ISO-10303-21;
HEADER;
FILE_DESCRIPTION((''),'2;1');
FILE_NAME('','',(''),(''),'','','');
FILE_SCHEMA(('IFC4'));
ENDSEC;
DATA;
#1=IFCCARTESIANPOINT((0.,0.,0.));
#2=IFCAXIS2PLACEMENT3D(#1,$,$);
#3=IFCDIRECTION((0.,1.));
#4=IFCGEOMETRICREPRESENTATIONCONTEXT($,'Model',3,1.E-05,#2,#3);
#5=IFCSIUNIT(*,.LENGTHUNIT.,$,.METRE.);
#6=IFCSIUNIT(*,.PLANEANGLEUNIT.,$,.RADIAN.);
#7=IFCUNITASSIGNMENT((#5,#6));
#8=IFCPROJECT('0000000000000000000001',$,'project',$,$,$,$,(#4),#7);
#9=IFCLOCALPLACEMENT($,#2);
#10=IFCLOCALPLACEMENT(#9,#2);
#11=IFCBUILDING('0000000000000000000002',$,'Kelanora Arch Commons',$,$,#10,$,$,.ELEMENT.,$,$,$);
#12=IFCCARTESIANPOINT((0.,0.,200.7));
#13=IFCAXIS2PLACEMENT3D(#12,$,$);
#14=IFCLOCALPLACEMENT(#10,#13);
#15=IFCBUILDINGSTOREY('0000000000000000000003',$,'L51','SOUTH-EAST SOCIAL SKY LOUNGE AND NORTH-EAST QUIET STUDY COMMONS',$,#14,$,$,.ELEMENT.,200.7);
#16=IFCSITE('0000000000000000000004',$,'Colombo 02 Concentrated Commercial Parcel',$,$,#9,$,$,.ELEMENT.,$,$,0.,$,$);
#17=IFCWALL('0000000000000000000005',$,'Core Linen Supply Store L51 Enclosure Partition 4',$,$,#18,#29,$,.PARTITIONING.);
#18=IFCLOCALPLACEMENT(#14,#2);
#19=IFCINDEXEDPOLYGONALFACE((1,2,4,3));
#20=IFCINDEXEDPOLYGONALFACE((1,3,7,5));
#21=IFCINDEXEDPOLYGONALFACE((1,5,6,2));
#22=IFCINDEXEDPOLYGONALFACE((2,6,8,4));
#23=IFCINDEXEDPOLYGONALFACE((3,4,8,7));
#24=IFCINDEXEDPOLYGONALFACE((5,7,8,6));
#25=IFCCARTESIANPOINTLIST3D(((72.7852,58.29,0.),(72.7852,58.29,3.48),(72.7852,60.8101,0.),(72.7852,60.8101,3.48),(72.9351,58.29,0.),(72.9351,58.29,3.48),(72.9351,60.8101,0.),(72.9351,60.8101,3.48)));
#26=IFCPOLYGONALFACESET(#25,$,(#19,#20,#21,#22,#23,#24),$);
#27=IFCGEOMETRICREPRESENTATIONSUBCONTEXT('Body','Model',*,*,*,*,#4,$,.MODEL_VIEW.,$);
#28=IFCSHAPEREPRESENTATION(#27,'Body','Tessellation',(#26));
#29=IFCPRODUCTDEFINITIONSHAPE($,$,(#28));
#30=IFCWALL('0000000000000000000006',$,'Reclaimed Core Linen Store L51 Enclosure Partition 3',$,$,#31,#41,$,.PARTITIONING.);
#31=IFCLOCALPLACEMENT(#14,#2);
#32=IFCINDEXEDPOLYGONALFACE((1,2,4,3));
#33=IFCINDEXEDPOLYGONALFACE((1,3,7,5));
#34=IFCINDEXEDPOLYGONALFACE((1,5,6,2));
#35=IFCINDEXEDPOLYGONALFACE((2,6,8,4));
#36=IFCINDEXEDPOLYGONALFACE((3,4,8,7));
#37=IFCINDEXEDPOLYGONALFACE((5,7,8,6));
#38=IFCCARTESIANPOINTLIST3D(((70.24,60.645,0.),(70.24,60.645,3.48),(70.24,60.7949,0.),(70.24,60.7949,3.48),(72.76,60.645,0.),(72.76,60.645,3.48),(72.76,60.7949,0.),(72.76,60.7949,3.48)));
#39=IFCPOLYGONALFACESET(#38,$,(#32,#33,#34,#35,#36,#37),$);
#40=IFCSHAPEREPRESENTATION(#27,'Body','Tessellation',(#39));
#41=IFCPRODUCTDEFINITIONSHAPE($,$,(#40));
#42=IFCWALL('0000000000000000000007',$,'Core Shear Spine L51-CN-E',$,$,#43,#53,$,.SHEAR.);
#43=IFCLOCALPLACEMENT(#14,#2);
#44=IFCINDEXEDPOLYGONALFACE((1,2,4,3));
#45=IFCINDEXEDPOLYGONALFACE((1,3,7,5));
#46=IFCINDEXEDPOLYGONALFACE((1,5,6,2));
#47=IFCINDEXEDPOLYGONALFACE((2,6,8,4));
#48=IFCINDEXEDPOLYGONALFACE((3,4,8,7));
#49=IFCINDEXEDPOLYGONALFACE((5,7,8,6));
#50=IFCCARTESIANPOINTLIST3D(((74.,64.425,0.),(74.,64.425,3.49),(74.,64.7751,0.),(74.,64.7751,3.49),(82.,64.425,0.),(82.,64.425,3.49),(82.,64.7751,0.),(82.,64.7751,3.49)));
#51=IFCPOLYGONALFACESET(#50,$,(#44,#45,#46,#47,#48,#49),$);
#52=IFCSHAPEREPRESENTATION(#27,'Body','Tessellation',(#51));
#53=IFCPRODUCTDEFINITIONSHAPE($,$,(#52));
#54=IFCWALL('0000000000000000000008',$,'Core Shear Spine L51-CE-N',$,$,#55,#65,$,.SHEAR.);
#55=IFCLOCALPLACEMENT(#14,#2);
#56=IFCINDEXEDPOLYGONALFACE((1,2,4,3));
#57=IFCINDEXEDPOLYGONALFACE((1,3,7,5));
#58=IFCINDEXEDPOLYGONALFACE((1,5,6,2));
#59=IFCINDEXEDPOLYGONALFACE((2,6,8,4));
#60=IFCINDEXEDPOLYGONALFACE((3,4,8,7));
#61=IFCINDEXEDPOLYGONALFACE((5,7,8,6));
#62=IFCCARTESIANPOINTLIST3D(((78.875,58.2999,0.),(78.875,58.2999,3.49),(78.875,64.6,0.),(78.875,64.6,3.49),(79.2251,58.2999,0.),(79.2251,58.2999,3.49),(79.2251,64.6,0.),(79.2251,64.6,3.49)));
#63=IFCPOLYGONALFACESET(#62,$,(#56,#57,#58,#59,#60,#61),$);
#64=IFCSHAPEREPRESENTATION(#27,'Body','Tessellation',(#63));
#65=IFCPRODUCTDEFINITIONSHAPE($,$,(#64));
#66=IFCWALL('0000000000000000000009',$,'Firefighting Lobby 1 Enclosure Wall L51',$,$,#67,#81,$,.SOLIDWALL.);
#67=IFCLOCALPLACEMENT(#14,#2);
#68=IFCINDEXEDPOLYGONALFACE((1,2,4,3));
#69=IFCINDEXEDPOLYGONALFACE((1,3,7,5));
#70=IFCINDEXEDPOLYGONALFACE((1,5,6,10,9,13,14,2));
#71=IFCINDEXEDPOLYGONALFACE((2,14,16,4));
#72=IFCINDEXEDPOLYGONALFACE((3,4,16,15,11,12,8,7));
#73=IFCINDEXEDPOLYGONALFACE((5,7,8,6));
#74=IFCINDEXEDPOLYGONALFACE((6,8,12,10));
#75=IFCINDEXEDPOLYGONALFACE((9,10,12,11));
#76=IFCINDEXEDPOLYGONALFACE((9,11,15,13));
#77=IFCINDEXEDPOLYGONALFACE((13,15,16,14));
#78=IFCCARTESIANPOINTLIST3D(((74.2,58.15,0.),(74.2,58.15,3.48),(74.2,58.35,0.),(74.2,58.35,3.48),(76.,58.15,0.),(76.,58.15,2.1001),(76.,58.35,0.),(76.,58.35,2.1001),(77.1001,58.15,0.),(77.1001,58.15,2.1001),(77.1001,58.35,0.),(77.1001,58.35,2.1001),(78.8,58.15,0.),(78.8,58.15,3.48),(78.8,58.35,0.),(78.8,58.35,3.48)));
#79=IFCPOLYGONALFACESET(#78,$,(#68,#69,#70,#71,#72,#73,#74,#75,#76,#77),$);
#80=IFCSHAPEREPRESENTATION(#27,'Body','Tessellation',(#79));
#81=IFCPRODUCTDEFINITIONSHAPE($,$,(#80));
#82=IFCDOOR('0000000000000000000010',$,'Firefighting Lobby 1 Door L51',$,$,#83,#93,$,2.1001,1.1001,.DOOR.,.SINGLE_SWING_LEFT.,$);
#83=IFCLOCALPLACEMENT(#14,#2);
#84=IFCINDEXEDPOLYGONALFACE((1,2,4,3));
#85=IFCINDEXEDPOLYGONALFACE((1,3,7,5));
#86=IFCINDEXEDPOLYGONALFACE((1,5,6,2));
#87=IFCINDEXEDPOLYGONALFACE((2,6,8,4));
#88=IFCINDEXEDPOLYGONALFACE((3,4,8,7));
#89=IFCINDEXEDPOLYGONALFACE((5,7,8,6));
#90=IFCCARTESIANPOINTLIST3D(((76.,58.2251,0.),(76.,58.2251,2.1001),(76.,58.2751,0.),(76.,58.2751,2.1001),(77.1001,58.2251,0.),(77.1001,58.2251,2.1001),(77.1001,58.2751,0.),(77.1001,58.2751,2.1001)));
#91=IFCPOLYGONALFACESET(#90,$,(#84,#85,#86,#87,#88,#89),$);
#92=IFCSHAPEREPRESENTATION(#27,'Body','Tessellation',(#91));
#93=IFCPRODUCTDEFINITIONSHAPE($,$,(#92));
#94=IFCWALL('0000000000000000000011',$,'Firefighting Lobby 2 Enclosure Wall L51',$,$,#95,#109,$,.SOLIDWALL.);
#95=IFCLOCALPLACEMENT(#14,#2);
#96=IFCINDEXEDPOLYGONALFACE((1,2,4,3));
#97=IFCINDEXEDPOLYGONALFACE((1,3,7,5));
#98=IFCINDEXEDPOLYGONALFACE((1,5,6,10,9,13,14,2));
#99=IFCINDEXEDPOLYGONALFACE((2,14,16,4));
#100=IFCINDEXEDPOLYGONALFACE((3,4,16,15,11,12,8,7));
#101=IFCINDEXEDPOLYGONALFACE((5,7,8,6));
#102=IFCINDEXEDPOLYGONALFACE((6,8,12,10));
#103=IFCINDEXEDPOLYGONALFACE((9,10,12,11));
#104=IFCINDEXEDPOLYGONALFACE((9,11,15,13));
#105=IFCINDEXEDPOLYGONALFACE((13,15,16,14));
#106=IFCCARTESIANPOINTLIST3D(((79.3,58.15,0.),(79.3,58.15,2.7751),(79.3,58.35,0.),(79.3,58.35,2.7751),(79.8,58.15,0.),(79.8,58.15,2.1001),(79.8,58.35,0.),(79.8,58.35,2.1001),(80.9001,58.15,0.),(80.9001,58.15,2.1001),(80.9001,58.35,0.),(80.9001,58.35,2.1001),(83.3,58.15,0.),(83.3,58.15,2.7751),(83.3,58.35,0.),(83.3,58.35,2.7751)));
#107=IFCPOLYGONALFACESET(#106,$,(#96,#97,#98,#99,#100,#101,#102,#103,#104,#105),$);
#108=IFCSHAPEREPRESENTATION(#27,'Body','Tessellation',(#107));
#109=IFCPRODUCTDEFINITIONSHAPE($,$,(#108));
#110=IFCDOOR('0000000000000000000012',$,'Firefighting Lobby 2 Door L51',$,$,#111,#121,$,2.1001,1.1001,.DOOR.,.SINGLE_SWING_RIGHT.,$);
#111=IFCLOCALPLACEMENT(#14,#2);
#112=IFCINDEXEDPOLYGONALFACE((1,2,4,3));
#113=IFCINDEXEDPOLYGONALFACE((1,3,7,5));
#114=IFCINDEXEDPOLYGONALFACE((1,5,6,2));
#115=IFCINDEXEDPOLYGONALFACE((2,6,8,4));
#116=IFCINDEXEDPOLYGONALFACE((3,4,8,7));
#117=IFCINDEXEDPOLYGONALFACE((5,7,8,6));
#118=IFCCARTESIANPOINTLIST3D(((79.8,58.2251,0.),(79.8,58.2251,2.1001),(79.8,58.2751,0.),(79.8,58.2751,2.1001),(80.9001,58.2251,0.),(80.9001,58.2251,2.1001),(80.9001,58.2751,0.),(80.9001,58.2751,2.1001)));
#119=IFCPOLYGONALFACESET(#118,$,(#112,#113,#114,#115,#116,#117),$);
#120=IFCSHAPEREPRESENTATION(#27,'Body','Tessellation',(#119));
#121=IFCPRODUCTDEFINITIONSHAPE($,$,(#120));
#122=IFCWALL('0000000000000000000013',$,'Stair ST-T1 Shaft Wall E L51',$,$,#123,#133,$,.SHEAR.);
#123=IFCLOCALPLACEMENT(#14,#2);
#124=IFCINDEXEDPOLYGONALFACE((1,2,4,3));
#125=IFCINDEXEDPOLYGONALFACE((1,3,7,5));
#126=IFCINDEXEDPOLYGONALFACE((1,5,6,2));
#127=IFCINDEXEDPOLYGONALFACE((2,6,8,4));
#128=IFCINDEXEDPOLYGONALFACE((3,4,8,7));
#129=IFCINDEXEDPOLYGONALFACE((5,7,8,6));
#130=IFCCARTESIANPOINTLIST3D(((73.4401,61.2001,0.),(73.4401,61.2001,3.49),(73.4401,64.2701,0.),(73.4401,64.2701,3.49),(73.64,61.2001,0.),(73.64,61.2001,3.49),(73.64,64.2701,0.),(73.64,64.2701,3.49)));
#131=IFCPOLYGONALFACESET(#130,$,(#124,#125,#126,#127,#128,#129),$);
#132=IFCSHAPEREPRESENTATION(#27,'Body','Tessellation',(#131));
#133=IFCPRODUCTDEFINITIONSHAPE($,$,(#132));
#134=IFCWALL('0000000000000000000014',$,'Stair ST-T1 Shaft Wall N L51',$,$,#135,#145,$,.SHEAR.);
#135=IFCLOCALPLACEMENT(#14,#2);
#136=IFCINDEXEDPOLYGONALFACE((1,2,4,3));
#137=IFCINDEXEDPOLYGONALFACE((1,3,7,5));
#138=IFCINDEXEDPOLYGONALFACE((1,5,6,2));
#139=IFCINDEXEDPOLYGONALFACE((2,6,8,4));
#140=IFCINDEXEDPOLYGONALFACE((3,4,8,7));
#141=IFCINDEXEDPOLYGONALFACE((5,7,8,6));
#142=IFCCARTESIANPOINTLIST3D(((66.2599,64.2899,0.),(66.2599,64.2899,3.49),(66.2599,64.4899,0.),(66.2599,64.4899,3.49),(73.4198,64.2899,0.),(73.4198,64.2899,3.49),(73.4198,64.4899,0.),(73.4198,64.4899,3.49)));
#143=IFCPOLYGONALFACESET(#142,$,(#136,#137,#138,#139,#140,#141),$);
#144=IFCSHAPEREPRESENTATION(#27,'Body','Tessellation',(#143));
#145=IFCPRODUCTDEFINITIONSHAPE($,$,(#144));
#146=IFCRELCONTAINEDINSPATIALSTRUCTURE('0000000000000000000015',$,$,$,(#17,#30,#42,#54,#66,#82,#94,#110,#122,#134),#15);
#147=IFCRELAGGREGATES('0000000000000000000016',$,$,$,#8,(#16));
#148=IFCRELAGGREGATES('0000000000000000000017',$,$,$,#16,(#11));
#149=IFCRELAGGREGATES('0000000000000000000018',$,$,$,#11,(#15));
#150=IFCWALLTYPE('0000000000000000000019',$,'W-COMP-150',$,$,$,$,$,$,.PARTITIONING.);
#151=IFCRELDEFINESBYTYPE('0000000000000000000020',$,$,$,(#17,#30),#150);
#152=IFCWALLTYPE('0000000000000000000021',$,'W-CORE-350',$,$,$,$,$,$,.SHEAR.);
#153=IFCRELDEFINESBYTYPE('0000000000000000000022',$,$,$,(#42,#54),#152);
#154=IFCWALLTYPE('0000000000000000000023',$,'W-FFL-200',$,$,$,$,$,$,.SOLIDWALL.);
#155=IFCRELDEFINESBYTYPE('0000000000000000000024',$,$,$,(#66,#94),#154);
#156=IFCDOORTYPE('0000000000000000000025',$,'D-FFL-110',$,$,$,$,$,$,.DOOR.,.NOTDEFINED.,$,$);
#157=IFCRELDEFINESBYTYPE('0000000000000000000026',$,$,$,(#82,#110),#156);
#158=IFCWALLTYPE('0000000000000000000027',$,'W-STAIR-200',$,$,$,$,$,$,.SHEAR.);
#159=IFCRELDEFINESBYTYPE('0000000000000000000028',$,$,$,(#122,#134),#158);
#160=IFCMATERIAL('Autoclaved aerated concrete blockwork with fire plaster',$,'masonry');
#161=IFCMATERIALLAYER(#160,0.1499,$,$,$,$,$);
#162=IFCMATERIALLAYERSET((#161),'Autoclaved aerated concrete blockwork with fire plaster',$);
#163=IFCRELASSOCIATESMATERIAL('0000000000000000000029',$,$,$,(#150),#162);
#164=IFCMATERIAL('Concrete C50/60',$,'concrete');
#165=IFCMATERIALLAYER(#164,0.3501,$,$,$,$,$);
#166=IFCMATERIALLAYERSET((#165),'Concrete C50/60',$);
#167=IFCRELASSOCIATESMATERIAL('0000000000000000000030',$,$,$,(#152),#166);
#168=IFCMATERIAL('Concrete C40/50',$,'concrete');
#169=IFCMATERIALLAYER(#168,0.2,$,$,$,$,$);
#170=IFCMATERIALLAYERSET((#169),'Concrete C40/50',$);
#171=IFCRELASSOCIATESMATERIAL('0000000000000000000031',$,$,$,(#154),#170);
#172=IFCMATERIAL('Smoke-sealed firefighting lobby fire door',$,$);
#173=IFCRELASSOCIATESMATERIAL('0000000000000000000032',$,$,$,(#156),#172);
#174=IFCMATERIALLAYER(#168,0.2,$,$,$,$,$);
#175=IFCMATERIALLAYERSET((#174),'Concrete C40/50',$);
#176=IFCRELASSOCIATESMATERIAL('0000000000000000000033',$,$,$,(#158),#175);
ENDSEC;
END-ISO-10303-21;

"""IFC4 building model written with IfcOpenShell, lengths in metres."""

from ifc_helpers import new_model, si_unit, direction, frame, frame_2d, origin, place, context, subcontext, project, spatial, rectangle, extrude, material, layer, layer_set, type_object, element, fill, save


model = new_model("IFC4")

# Units and contexts
model_context = context("Model", 3, precision=1e-05, world=origin(), true_north=direction((0.0, 1.0)))
body_context = subcontext(model_context, "Body", "Model", "MODEL_VIEW")
ifc_project = project(units=[si_unit("LENGTHUNIT", "METRE"), si_unit("PLANEANGLEUNIT", "RADIAN")], contexts=[model_context])

# Site, building, storey
site_placement = place(None, origin())
site = spatial("IfcSite", under=ifc_project, at=site_placement, Name="Colombo 02 Concentrated Commercial Parcel", CompositionType="ELEMENT", RefElevation=0.0)
building_placement = place(site_placement, origin())
building = spatial("IfcBuilding", under=site, at=building_placement, Name="Kelanora Arch Commons", CompositionType="ELEMENT")
storey_placement = place(building_placement, frame((0.0, 0.0, 200.7)))
storey = spatial("IfcBuildingStorey", under=building, at=storey_placement, Name="L51", Description="SOUTH-EAST SOCIAL SKY LOUNGE AND NORTH-EAST QUIET STUDY COMMONS", CompositionType="ELEMENT", Elevation=200.7)

# Shared definitions
ifc_material_1 = material(Name="Autoclaved aerated concrete blockwork with fire plaster", Category="masonry")
ifc_layer_1 = layer(ifc_material_1, 0.1499)
ifc_layer_set_1 = layer_set([ifc_layer_1], Name="Autoclaved aerated concrete blockwork with fire plaster")
wall_type_1 = type_object("IfcWallType", Name="W-COMP-150", PredefinedType="PARTITIONING", material=ifc_layer_set_1)

# Walls
for number, where, z_axis, x_axis, name in (
    (1, (72.8601, 60.8101, 0.0), (0.0, 0.0, 1.0), (0.0, -1.0, 0.0), "Core Linen Supply Store L51 Enclosure Partition 4"),
    (2, (72.76, 60.72, 0.0), (0.0, 0.0, 1.0), (-1.0, 0.0, 0.0), "Reclaimed Core Linen Store L51 Enclosure Partition 3"),
):
    element("IfcWall", number, at=place(storey_placement, frame(where, z_axis=z_axis, x_axis=x_axis)), inside=storey, type_object=wall_type_1, Name=name, PredefinedType="PARTITIONING", context=body_context, shape_type="SweptSolid", body=[
        extrude(rectangle(XDim=2.52, YDim=0.1499, at=frame_2d((1.26, 0.0))), origin(), (0.0, 0.0, 1.0), 3.48),
    ])
ifc_material_2 = material(Name="Concrete C50/60", Category="concrete")
ifc_layer_2 = layer(ifc_material_2, 0.3501)
ifc_layer_set_2 = layer_set([ifc_layer_2], Name="Concrete C50/60")
wall_type_2 = type_object("IfcWallType", Name="W-CORE-350", PredefinedType="SHEAR", material=ifc_layer_set_2)
wall_1_placement = place(storey_placement, frame((74.0, 64.6001, 0.0), z_axis=(0.0, 0.0, 1.0), x_axis=(1.0, 0.0, 0.0)))
element("IfcWall", 3, at=wall_1_placement, inside=storey, type_object=wall_type_2, Name="Core Shear Spine L51-CN-E", PredefinedType="SHEAR", context=body_context, shape_type="SweptSolid", body=[
    extrude(rectangle(XDim=8.0, YDim=0.3501, at=frame_2d((4.0, 0.0))), origin(), (0.0, 0.0, 1.0), 3.49),
])
wall_2_placement = place(storey_placement, frame((79.05, 58.3, 0.0), z_axis=(0.0, 0.0, 1.0), x_axis=(0.0, 1.0, 0.0)))
element("IfcWall", 4, at=wall_2_placement, inside=storey, type_object=wall_type_2, Name="Core Shear Spine L51-CE-N", PredefinedType="SHEAR", context=body_context, shape_type="SweptSolid", body=[
    extrude(rectangle(XDim=6.3, YDim=0.3501, at=frame_2d((3.1499, 0.0))), origin(), (0.0, 0.0, 1.0), 3.49),
])

# Walls, openings, doors
ifc_material_3 = material(Name="Concrete C40/50", Category="concrete")
ifc_layer_3 = layer(ifc_material_3, 0.2)
ifc_layer_set_3 = layer_set([ifc_layer_3], Name="Concrete C40/50")
wall_type_3 = type_object("IfcWallType", Name="W-FFL-200", PredefinedType="SOLIDWALL", material=ifc_layer_set_3)
wall_3_placement = place(storey_placement, frame((74.2, 58.25, 0.0), z_axis=(0.0, 0.0, 1.0), x_axis=(1.0, 0.0, 0.0)))
wall_3 = element("IfcWall", 5, at=wall_3_placement, inside=storey, type_object=wall_type_3, Name="Firefighting Lobby 1 Enclosure Wall L51", PredefinedType="SOLIDWALL", context=body_context, shape_type="SweptSolid", body=[
    extrude(rectangle(XDim=4.6001, YDim=0.2, at=frame_2d((2.3, 0.0))), origin(), (0.0, 0.0, 1.0), 3.48),
])
opening_1_placement = place(wall_3_placement, frame((1.8, 0.0, 0.0)))
opening_1 = element("IfcOpeningElement", 6, at=opening_1_placement, cuts=wall_3, PredefinedType="OPENING", context=body_context, shape_type="SweptSolid", body=[
    extrude(rectangle(XDim=1.1001, YDim=2.1001, at=frame_2d((0.55, 1.05))), frame((0.0, 0.1099, 0.0), z_axis=(0.0, -1.0, 0.0), x_axis=(1.0, 0.0, 0.0)), (0.0, 0.0, 1.0), 0.22),
])
ifc_material_4 = material(Name="Smoke-sealed firefighting lobby fire door")
door_type_1 = type_object("IfcDoorType", Name="D-FFL-110", OperationType="NOTDEFINED", PredefinedType="DOOR", material=ifc_material_4)
door_1_placement = place(opening_1_placement, frame((1.1001, 0.0, 0.0), z_axis=(0.0, 0.0, 1.0), x_axis=(-1.0, 0.0, 0.0)))
door_1 = element("IfcDoor", 7, at=door_1_placement, inside=storey, type_object=door_type_1, Name="Firefighting Lobby 1 Door L51", OperationType="SINGLE_SWING_LEFT", OverallHeight=2.1001, OverallWidth=1.1001, PredefinedType="DOOR", context=body_context, shape_type="SweptSolid", body=[
    extrude(rectangle(XDim=1.1001, YDim=2.1001, at=frame_2d((0.55, 1.05))), frame((0.0, 0.0249, 0.0), z_axis=(0.0, -1.0, 0.0), x_axis=(1.0, 0.0, 0.0)), (0.0, 0.0, 1.0), 0.05),
])
fill(opening_1, door_1)
wall_4_placement = place(storey_placement, frame((79.3, 58.25, 0.0), z_axis=(0.0, 0.0, 1.0), x_axis=(1.0, 0.0, 0.0)))
wall_4 = element("IfcWall", 8, at=wall_4_placement, inside=storey, type_object=wall_type_3, Name="Firefighting Lobby 2 Enclosure Wall L51", PredefinedType="SOLIDWALL", context=body_context, shape_type="SweptSolid", body=[
    extrude(rectangle(XDim=4.0, YDim=0.2, at=frame_2d((2.0, 0.0))), origin(), (0.0, 0.0, 1.0), 2.7751),
])
opening_2_placement = place(wall_4_placement, frame((0.5, 0.0, 0.0)))
opening_2 = element("IfcOpeningElement", 9, at=opening_2_placement, cuts=wall_4, PredefinedType="OPENING", context=body_context, shape_type="SweptSolid", body=[
    extrude(rectangle(XDim=1.1001, YDim=2.1001, at=frame_2d((0.55, 1.05))), frame((0.0, 0.1099, 0.0), z_axis=(0.0, -1.0, 0.0), x_axis=(1.0, 0.0, 0.0)), (0.0, 0.0, 1.0), 0.22),
])
door_2_placement = place(opening_2_placement, frame((1.1001, 0.0, 0.0), z_axis=(0.0, 0.0, 1.0), x_axis=(-1.0, 0.0, 0.0)))
door_2 = element("IfcDoor", 10, at=door_2_placement, inside=storey, type_object=door_type_1, Name="Firefighting Lobby 2 Door L51", OperationType="SINGLE_SWING_RIGHT", OverallHeight=2.1001, OverallWidth=1.1001, PredefinedType="DOOR", context=body_context, shape_type="SweptSolid", body=[
    extrude(rectangle(XDim=1.1001, YDim=2.1001, at=frame_2d((0.55, 1.05))), frame((0.0, 0.0249, 0.0), z_axis=(0.0, -1.0, 0.0), x_axis=(1.0, 0.0, 0.0)), (0.0, 0.0, 1.0), 0.05),
])
fill(opening_2, door_2)

# Walls
ifc_layer_4 = layer(ifc_material_3, 0.2)
ifc_layer_set_4 = layer_set([ifc_layer_4], Name="Concrete C40/50")
wall_type_4 = type_object("IfcWallType", Name="W-STAIR-200", PredefinedType="SHEAR", material=ifc_layer_set_4)
wall_5_placement = place(storey_placement, frame((73.54, 61.2, 0.0), z_axis=(0.0, 0.0, 1.0), x_axis=(0.0, 1.0, 0.0)))
element("IfcWall", 11, at=wall_5_placement, inside=storey, type_object=wall_type_4, Name="Stair ST-T1 Shaft Wall E L51", PredefinedType="SHEAR", context=body_context, shape_type="SweptSolid", body=[
    extrude(rectangle(XDim=3.0701, YDim=0.2, at=frame_2d((1.5352, 0.0))), origin(), (0.0, 0.0, 1.0), 3.49),
])
wall_6_placement = place(storey_placement, frame((73.4199, 64.3899, 0.0), z_axis=(0.0, 0.0, 1.0), x_axis=(-1.0, 0.0, 0.0)))
element("IfcWall", 12, at=wall_6_placement, inside=storey, type_object=wall_type_4, Name="Stair ST-T1 Shaft Wall N L51", PredefinedType="SHEAR", context=body_context, shape_type="SweptSolid", body=[
    extrude(rectangle(XDim=7.1599, YDim=0.2, at=frame_2d((3.5801, 0.0))), origin(), (0.0, 0.0, 1.0), 3.49),
])

save(model, "model.ifc")
